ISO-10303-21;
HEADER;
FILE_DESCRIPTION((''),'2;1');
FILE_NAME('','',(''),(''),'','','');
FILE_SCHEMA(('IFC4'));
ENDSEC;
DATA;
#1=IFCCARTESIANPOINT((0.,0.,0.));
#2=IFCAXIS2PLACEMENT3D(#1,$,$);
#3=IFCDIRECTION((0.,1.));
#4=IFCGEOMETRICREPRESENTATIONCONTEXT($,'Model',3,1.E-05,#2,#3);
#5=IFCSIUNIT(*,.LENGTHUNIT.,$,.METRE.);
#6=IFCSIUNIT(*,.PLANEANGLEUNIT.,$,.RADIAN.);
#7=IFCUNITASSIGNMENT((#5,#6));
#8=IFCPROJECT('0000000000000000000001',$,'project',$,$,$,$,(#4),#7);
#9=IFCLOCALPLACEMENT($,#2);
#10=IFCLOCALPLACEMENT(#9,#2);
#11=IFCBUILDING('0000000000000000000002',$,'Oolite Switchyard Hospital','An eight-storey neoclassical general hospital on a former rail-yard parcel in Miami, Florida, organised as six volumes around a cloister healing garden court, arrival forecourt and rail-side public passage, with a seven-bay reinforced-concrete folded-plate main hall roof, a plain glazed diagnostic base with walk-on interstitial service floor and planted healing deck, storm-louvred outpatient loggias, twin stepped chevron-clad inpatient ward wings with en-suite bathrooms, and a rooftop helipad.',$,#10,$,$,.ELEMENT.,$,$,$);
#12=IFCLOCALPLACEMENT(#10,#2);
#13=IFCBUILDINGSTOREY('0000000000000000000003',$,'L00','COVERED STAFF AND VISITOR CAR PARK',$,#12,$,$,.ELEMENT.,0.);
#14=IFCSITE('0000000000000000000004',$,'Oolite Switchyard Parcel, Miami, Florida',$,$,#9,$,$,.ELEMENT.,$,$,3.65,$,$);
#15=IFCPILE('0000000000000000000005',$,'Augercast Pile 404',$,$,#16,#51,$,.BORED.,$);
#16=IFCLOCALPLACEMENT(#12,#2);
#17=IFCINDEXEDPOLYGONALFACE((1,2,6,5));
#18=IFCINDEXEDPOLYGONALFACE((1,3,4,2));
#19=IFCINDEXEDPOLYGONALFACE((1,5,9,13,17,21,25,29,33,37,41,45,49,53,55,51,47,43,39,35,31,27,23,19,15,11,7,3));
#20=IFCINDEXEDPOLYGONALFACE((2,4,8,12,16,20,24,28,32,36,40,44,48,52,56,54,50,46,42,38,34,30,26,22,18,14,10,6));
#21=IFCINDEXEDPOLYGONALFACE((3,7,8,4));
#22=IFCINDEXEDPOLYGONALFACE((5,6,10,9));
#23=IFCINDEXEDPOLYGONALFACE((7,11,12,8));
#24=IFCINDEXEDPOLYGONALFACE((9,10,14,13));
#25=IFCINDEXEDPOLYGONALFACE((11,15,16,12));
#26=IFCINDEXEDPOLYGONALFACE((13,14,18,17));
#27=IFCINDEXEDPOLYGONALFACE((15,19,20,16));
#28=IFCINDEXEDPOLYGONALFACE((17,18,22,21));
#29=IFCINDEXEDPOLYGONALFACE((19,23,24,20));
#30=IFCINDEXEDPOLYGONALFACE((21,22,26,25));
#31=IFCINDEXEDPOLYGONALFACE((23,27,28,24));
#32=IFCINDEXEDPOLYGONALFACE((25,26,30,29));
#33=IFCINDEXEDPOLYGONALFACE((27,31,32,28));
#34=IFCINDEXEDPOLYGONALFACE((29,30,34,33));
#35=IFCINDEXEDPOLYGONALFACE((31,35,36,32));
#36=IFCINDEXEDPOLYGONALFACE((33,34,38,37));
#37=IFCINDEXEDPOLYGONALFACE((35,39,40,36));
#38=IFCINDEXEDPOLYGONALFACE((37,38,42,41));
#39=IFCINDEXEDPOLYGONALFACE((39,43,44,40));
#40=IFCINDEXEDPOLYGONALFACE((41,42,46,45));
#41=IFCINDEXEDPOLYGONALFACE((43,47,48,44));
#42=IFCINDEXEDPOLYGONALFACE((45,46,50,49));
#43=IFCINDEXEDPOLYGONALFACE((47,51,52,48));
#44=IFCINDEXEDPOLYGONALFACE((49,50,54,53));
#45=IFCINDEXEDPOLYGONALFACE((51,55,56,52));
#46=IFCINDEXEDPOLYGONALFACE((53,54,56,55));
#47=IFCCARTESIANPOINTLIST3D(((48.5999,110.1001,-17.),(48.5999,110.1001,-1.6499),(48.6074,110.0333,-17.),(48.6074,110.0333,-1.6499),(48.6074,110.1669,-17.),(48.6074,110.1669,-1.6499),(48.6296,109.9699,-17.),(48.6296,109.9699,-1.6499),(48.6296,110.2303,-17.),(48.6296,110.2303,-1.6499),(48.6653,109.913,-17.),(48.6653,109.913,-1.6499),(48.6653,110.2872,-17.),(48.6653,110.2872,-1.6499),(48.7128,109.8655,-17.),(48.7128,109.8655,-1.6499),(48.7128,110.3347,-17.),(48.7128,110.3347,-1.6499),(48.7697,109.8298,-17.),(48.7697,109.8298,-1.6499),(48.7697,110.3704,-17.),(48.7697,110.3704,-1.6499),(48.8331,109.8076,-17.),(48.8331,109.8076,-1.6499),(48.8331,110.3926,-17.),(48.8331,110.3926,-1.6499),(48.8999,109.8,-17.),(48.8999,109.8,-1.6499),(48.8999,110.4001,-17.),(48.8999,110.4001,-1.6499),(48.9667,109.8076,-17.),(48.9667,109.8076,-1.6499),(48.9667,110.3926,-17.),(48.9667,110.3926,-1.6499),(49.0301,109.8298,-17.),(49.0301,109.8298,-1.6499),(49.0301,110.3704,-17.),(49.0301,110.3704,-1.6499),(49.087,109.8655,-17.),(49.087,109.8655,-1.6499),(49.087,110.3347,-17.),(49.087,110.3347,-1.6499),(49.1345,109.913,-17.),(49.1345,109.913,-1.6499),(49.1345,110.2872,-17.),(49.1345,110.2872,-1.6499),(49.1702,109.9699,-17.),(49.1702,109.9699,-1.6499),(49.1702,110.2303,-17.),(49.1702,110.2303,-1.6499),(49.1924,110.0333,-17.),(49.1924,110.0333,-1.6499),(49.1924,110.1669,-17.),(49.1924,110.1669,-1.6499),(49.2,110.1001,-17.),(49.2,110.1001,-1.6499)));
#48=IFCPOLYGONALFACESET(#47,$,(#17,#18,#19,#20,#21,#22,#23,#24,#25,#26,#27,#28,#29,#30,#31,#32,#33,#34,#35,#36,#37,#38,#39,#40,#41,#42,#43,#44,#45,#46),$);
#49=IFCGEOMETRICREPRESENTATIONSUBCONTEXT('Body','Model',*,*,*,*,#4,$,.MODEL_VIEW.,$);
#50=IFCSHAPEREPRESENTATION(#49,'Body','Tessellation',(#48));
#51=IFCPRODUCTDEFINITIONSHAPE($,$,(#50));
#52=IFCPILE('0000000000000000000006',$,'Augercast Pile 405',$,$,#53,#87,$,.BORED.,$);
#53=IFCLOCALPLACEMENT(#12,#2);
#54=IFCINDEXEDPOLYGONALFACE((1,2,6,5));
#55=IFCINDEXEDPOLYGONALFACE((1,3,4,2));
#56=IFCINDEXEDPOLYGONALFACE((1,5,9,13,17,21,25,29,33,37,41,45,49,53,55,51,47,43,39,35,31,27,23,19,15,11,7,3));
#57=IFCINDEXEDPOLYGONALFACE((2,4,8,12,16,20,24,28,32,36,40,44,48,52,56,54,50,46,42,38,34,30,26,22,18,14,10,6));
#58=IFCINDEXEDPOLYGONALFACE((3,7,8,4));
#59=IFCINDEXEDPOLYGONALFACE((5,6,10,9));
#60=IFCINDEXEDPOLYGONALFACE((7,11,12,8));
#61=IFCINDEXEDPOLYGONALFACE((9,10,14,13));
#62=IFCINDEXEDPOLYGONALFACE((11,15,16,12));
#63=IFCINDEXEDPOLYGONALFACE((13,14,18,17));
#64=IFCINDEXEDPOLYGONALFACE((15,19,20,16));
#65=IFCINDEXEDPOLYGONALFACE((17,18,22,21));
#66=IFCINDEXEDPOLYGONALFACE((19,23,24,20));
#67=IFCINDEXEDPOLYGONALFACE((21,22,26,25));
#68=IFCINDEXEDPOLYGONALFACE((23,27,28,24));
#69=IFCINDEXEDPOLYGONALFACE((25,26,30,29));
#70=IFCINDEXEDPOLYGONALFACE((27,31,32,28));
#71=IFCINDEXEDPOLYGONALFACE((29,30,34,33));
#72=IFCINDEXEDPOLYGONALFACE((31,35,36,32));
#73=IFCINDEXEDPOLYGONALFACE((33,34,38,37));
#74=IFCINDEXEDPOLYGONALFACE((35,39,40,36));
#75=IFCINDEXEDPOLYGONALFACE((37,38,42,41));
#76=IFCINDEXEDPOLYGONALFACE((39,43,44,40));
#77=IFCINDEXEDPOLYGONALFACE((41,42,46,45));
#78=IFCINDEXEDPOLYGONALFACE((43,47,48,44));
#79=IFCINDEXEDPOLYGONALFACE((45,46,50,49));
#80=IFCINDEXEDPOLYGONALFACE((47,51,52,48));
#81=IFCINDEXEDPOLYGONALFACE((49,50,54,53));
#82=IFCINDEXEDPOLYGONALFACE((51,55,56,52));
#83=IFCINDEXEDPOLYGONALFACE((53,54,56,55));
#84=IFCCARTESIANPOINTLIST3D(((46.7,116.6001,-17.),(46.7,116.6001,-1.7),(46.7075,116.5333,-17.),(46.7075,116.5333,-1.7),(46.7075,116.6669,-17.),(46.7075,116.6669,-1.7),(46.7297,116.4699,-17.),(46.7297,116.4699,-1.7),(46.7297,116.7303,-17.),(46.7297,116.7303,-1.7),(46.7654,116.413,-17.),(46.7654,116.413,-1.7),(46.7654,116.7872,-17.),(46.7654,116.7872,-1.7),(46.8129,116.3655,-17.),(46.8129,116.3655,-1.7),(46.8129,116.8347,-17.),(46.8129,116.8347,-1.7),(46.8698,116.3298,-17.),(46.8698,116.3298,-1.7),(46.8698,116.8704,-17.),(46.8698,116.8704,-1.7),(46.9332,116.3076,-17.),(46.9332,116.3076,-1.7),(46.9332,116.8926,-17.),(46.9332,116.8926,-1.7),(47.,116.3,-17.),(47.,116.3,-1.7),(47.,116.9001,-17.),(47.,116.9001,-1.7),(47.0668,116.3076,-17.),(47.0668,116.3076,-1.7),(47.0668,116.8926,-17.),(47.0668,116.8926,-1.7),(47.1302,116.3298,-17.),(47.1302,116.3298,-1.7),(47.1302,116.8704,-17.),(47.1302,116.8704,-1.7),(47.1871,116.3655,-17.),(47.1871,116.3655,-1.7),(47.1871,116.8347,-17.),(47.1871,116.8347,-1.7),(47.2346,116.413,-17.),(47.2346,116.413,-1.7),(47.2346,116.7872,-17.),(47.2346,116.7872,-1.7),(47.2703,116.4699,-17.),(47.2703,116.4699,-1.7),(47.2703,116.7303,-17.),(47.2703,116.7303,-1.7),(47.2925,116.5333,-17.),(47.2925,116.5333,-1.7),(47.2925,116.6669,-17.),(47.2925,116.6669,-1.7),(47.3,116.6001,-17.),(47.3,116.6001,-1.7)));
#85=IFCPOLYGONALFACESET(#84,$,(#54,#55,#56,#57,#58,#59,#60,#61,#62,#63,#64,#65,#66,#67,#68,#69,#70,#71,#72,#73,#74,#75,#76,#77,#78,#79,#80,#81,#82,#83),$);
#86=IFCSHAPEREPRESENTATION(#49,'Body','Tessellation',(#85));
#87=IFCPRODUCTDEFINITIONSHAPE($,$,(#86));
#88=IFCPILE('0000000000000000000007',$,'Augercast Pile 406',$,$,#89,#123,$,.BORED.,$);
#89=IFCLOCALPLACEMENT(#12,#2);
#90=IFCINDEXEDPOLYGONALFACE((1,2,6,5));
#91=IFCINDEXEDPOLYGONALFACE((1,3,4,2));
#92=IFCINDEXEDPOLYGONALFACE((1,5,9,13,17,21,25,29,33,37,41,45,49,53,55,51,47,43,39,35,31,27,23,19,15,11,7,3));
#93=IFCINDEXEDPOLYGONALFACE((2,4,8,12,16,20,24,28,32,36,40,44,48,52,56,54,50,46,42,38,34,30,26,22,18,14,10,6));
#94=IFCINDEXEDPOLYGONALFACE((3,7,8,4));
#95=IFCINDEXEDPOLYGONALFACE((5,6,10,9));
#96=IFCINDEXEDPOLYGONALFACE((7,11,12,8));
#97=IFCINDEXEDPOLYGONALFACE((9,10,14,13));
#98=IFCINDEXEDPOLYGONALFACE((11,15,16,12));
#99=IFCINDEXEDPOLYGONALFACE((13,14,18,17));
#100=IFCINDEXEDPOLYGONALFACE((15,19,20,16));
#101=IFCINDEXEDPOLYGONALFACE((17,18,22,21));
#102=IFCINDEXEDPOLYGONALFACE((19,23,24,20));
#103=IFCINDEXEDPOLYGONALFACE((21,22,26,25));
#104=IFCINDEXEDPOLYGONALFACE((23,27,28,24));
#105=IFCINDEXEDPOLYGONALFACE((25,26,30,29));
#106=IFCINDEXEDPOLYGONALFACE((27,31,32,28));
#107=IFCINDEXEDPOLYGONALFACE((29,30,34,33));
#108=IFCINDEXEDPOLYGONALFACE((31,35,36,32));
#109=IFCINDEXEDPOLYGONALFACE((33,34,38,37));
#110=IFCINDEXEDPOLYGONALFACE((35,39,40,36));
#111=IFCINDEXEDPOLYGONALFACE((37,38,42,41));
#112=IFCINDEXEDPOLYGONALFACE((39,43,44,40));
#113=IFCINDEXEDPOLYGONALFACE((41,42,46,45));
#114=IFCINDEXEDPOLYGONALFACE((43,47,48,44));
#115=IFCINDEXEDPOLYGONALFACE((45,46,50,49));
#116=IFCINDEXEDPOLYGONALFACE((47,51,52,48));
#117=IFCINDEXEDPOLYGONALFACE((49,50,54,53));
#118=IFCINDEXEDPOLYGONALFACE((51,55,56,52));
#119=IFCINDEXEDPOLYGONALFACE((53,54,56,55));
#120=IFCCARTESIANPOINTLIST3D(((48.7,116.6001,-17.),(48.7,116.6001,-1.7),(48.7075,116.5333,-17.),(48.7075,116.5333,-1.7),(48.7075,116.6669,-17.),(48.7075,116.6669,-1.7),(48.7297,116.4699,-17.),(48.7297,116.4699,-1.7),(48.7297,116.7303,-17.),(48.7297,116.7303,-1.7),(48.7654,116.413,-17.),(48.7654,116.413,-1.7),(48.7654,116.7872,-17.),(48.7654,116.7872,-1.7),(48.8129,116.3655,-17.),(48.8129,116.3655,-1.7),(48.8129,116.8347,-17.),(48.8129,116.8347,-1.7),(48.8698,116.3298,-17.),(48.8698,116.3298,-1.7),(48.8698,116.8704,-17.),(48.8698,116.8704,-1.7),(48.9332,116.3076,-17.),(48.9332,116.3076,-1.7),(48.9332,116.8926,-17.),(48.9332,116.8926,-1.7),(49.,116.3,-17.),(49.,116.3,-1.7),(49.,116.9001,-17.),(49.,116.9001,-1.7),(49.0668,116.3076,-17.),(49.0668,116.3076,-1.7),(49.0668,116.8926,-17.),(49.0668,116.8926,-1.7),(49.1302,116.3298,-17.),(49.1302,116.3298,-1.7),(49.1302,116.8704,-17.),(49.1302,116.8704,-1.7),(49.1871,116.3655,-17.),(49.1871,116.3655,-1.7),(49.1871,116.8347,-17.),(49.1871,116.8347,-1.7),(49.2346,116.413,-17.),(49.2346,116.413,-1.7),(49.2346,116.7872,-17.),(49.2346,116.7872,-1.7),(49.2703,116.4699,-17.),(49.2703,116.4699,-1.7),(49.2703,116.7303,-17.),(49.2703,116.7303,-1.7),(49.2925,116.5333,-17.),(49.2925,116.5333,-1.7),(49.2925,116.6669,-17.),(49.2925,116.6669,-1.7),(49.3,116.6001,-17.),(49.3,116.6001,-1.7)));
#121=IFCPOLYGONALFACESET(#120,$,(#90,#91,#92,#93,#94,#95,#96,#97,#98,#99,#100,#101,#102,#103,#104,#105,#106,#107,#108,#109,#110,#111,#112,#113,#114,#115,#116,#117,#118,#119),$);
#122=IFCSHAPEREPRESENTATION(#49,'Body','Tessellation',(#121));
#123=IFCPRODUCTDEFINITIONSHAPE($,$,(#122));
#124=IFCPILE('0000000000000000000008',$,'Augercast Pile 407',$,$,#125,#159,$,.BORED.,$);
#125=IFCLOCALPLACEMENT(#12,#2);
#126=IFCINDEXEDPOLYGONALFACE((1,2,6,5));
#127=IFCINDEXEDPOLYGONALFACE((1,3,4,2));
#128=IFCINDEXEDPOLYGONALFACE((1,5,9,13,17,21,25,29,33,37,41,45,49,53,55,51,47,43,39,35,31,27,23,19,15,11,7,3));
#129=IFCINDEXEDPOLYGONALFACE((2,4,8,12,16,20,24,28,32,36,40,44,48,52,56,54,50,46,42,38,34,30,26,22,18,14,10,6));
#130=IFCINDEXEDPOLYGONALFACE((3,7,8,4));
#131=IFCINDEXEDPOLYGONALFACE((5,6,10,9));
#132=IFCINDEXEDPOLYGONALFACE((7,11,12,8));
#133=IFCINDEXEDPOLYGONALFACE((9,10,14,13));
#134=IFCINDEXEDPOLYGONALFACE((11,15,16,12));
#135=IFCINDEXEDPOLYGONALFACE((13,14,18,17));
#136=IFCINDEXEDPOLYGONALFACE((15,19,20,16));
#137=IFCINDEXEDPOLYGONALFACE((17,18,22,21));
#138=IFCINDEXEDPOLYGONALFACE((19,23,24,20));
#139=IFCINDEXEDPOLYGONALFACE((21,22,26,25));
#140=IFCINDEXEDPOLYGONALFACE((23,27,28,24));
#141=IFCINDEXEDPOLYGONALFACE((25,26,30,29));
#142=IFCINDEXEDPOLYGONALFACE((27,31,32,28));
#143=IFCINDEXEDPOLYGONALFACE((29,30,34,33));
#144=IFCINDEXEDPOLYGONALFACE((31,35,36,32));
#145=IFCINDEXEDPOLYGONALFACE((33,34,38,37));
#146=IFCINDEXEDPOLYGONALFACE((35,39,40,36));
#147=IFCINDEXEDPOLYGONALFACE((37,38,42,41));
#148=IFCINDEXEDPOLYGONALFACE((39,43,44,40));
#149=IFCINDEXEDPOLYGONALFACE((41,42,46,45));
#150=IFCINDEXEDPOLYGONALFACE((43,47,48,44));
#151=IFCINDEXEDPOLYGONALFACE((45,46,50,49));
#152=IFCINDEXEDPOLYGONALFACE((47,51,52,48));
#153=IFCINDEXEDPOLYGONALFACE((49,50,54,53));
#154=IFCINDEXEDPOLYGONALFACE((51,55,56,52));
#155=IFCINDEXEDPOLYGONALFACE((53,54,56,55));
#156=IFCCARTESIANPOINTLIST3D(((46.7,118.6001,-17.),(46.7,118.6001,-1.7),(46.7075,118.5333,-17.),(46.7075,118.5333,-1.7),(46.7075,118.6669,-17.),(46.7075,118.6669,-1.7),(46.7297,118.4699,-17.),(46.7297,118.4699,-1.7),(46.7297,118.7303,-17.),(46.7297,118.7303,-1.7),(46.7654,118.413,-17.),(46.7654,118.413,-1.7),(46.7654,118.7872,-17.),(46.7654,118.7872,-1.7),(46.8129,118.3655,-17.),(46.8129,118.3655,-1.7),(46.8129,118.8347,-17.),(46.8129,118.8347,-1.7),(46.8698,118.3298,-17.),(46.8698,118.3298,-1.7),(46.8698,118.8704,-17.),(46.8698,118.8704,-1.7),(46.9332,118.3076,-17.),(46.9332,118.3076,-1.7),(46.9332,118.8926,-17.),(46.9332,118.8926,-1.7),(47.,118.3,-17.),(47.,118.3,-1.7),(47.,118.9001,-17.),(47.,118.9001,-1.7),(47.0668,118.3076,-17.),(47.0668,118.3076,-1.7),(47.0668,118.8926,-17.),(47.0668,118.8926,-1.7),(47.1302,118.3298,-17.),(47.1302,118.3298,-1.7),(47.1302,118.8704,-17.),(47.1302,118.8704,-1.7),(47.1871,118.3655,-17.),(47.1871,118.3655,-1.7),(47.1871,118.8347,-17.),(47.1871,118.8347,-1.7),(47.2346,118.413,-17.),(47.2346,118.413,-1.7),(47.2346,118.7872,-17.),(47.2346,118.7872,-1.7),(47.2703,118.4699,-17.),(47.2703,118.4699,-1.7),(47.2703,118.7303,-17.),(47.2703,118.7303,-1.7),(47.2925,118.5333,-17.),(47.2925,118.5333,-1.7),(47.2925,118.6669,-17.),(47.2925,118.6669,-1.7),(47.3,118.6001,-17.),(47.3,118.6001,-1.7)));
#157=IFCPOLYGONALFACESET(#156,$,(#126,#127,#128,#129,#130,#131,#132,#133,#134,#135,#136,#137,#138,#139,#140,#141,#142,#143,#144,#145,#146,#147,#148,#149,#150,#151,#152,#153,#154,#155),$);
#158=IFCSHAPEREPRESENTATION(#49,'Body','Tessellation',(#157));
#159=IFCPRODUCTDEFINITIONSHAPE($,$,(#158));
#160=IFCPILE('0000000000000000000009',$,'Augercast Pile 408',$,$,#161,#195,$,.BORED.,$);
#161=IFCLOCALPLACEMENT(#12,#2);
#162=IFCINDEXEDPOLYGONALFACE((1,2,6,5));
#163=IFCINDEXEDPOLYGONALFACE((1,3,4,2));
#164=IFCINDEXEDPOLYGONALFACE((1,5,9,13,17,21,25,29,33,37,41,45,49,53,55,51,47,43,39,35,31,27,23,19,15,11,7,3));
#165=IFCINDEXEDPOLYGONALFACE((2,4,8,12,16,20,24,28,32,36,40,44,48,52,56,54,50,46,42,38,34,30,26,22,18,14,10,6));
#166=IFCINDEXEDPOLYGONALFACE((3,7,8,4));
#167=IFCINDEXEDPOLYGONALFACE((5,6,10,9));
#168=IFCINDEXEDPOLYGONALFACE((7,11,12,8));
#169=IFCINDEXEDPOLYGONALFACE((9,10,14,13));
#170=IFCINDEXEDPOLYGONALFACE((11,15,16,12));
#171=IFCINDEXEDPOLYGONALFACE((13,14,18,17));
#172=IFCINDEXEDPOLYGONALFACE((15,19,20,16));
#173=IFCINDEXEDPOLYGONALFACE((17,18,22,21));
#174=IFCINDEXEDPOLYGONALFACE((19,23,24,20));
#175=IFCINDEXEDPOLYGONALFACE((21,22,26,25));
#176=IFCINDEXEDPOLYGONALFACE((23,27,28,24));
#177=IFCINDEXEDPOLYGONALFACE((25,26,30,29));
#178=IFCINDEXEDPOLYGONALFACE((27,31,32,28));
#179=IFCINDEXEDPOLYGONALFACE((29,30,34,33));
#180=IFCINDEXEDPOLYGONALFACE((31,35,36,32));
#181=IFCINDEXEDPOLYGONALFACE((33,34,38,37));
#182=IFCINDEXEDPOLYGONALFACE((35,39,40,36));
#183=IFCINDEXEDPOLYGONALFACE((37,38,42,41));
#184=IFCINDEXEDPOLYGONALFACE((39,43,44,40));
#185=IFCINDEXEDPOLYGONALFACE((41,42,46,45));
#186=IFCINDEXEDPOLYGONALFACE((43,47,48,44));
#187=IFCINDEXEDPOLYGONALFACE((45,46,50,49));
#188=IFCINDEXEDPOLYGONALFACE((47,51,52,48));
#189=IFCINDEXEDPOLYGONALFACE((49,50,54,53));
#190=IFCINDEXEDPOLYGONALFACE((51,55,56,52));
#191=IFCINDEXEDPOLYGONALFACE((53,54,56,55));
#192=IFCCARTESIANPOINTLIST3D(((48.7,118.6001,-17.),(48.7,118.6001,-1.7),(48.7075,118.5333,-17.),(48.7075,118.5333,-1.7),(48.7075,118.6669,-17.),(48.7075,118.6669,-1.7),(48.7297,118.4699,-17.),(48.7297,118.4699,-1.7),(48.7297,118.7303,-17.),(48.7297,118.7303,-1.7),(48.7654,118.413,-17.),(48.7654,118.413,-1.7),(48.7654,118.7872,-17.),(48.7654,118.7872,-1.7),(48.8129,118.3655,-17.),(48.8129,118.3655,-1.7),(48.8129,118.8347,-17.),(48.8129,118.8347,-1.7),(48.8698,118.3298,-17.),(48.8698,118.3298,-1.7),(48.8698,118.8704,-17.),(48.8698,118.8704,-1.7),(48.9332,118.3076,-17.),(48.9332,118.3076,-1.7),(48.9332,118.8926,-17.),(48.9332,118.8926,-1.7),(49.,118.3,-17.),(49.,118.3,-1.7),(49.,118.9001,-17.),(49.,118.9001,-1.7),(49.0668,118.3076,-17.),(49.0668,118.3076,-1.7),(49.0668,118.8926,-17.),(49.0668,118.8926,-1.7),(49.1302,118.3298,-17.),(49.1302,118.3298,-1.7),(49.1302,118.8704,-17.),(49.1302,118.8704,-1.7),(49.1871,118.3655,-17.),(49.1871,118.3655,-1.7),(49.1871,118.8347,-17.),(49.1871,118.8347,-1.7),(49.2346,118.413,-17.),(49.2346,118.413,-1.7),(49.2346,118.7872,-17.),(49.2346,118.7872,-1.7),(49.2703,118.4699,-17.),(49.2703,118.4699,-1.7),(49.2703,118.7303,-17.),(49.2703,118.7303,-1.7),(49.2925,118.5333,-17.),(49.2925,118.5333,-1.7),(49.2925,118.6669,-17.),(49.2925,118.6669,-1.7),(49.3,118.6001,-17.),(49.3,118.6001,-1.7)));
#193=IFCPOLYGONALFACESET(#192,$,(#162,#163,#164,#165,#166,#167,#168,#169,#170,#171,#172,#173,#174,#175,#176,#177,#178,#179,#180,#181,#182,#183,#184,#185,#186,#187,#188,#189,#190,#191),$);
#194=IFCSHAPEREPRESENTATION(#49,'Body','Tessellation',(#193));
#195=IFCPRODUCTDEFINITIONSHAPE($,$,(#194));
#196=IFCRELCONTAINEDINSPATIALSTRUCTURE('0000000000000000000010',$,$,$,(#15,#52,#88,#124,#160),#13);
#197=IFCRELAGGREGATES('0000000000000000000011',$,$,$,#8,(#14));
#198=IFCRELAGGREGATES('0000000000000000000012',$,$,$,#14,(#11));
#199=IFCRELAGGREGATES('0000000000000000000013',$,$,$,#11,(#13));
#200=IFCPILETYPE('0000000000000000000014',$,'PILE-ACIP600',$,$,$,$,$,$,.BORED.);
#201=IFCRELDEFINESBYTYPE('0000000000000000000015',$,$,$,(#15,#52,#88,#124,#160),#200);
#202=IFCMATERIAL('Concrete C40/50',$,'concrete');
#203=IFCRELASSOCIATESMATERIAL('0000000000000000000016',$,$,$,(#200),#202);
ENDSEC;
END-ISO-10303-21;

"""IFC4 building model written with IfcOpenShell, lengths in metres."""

from ifc_helpers import new_model, si_unit, direction, frame, origin, origin_2d, place, context, subcontext, project, spatial, circle, extrude, material, material_profile, profile_set, type_object, element, save


model = new_model("IFC4")

# Units and contexts
model_context = context("Model", 3, precision=1e-05, world=origin(), true_north=direction((0.0, 1.0)))
body_context = subcontext(model_context, "Body", "Model", "MODEL_VIEW")
ifc_project = project(units=[si_unit("LENGTHUNIT", "METRE"), si_unit("PLANEANGLEUNIT", "RADIAN")], contexts=[model_context])

# Site, building, storey
site_placement = place(None, origin())
site = spatial("IfcSite", under=ifc_project, at=site_placement, Name="Oolite Switchyard Parcel, Miami, Florida", CompositionType="ELEMENT", RefElevation=3.65)
building_placement = place(site_placement, origin())
building = spatial("IfcBuilding", under=site, at=building_placement, Name="Oolite Switchyard Hospital", Description="An eight-storey neoclassical general hospital on a former rail-yard parcel in Miami, Florida, organised as six volumes around a cloister healing garden court, arrival forecourt and rail-side public passage, with a seven-bay reinforced-concrete folded-plate main hall roof, a plain glazed diagnostic base with walk-on interstitial service floor and planted healing deck, storm-louvred outpatient loggias, twin stepped chevron-clad inpatient ward wings with en-suite bathrooms, and a rooftop helipad.", CompositionType="ELEMENT")
storey_placement = place(building_placement, origin())
storey = spatial("IfcBuildingStorey", under=building, at=storey_placement, Name="L00", Description="COVERED STAFF AND VISITOR CAR PARK", CompositionType="ELEMENT", Elevation=0.0)

# Shared definitions
ifc_material_1 = material(Name="Concrete C40/50", Category="concrete")

# Piles
ifc_material_profile_1 = material_profile(ifc_material_1, circle(Radius=0.3, at=origin_2d()), Name="PILE600")
ifc_profile_set_1 = profile_set([ifc_material_profile_1], Name="Concrete C40/50")
pile_type = type_object("IfcPileType", Name="PILE-ACIP600", PredefinedType="BORED", material=ifc_profile_set_1)
for number, where, z_axis, x_axis, name in (
    (1, (48.8999, 110.1001, -1.6499), (0.0, 0.0, -1.0), (1.0, 0.0, 0.0), "Augercast Pile 404"),
):
    element("IfcPile", number, at=place(storey_placement, frame(where, z_axis=z_axis, x_axis=x_axis)), inside=storey, type_object=pile_type, Name=name, PredefinedType="BORED", context=body_context, shape_type="SweptSolid", body=[
        extrude(circle(Radius=0.3, at=origin_2d()), origin(), (0.0, 0.0, 1.0), 15.3501),
    ])
for number, where, z_axis, x_axis, name in (
    (2, (47.0, 116.6001, -1.7), (0.0, 0.0, -1.0), (1.0, 0.0, 0.0), "Augercast Pile 405"),
    (3, (49.0, 116.6001, -1.7), (0.0, 0.0, -1.0), (1.0, 0.0, 0.0), "Augercast Pile 406"),
    (4, (47.0, 118.6001, -1.7), (0.0, 0.0, -1.0), (1.0, 0.0, 0.0), "Augercast Pile 407"),
    (5, (49.0, 118.6001, -1.7), (0.0, 0.0, -1.0), (1.0, 0.0, 0.0), "Augercast Pile 408"),
):
    element("IfcPile", number, at=place(storey_placement, frame(where, z_axis=z_axis, x_axis=x_axis)), inside=storey, type_object=pile_type, Name=name, PredefinedType="BORED", context=body_context, shape_type="SweptSolid", body=[
        extrude(circle(Radius=0.3, at=origin_2d()), origin(), (0.0, 0.0, 1.0), 15.3),
    ])

save(model, "model.ifc")
